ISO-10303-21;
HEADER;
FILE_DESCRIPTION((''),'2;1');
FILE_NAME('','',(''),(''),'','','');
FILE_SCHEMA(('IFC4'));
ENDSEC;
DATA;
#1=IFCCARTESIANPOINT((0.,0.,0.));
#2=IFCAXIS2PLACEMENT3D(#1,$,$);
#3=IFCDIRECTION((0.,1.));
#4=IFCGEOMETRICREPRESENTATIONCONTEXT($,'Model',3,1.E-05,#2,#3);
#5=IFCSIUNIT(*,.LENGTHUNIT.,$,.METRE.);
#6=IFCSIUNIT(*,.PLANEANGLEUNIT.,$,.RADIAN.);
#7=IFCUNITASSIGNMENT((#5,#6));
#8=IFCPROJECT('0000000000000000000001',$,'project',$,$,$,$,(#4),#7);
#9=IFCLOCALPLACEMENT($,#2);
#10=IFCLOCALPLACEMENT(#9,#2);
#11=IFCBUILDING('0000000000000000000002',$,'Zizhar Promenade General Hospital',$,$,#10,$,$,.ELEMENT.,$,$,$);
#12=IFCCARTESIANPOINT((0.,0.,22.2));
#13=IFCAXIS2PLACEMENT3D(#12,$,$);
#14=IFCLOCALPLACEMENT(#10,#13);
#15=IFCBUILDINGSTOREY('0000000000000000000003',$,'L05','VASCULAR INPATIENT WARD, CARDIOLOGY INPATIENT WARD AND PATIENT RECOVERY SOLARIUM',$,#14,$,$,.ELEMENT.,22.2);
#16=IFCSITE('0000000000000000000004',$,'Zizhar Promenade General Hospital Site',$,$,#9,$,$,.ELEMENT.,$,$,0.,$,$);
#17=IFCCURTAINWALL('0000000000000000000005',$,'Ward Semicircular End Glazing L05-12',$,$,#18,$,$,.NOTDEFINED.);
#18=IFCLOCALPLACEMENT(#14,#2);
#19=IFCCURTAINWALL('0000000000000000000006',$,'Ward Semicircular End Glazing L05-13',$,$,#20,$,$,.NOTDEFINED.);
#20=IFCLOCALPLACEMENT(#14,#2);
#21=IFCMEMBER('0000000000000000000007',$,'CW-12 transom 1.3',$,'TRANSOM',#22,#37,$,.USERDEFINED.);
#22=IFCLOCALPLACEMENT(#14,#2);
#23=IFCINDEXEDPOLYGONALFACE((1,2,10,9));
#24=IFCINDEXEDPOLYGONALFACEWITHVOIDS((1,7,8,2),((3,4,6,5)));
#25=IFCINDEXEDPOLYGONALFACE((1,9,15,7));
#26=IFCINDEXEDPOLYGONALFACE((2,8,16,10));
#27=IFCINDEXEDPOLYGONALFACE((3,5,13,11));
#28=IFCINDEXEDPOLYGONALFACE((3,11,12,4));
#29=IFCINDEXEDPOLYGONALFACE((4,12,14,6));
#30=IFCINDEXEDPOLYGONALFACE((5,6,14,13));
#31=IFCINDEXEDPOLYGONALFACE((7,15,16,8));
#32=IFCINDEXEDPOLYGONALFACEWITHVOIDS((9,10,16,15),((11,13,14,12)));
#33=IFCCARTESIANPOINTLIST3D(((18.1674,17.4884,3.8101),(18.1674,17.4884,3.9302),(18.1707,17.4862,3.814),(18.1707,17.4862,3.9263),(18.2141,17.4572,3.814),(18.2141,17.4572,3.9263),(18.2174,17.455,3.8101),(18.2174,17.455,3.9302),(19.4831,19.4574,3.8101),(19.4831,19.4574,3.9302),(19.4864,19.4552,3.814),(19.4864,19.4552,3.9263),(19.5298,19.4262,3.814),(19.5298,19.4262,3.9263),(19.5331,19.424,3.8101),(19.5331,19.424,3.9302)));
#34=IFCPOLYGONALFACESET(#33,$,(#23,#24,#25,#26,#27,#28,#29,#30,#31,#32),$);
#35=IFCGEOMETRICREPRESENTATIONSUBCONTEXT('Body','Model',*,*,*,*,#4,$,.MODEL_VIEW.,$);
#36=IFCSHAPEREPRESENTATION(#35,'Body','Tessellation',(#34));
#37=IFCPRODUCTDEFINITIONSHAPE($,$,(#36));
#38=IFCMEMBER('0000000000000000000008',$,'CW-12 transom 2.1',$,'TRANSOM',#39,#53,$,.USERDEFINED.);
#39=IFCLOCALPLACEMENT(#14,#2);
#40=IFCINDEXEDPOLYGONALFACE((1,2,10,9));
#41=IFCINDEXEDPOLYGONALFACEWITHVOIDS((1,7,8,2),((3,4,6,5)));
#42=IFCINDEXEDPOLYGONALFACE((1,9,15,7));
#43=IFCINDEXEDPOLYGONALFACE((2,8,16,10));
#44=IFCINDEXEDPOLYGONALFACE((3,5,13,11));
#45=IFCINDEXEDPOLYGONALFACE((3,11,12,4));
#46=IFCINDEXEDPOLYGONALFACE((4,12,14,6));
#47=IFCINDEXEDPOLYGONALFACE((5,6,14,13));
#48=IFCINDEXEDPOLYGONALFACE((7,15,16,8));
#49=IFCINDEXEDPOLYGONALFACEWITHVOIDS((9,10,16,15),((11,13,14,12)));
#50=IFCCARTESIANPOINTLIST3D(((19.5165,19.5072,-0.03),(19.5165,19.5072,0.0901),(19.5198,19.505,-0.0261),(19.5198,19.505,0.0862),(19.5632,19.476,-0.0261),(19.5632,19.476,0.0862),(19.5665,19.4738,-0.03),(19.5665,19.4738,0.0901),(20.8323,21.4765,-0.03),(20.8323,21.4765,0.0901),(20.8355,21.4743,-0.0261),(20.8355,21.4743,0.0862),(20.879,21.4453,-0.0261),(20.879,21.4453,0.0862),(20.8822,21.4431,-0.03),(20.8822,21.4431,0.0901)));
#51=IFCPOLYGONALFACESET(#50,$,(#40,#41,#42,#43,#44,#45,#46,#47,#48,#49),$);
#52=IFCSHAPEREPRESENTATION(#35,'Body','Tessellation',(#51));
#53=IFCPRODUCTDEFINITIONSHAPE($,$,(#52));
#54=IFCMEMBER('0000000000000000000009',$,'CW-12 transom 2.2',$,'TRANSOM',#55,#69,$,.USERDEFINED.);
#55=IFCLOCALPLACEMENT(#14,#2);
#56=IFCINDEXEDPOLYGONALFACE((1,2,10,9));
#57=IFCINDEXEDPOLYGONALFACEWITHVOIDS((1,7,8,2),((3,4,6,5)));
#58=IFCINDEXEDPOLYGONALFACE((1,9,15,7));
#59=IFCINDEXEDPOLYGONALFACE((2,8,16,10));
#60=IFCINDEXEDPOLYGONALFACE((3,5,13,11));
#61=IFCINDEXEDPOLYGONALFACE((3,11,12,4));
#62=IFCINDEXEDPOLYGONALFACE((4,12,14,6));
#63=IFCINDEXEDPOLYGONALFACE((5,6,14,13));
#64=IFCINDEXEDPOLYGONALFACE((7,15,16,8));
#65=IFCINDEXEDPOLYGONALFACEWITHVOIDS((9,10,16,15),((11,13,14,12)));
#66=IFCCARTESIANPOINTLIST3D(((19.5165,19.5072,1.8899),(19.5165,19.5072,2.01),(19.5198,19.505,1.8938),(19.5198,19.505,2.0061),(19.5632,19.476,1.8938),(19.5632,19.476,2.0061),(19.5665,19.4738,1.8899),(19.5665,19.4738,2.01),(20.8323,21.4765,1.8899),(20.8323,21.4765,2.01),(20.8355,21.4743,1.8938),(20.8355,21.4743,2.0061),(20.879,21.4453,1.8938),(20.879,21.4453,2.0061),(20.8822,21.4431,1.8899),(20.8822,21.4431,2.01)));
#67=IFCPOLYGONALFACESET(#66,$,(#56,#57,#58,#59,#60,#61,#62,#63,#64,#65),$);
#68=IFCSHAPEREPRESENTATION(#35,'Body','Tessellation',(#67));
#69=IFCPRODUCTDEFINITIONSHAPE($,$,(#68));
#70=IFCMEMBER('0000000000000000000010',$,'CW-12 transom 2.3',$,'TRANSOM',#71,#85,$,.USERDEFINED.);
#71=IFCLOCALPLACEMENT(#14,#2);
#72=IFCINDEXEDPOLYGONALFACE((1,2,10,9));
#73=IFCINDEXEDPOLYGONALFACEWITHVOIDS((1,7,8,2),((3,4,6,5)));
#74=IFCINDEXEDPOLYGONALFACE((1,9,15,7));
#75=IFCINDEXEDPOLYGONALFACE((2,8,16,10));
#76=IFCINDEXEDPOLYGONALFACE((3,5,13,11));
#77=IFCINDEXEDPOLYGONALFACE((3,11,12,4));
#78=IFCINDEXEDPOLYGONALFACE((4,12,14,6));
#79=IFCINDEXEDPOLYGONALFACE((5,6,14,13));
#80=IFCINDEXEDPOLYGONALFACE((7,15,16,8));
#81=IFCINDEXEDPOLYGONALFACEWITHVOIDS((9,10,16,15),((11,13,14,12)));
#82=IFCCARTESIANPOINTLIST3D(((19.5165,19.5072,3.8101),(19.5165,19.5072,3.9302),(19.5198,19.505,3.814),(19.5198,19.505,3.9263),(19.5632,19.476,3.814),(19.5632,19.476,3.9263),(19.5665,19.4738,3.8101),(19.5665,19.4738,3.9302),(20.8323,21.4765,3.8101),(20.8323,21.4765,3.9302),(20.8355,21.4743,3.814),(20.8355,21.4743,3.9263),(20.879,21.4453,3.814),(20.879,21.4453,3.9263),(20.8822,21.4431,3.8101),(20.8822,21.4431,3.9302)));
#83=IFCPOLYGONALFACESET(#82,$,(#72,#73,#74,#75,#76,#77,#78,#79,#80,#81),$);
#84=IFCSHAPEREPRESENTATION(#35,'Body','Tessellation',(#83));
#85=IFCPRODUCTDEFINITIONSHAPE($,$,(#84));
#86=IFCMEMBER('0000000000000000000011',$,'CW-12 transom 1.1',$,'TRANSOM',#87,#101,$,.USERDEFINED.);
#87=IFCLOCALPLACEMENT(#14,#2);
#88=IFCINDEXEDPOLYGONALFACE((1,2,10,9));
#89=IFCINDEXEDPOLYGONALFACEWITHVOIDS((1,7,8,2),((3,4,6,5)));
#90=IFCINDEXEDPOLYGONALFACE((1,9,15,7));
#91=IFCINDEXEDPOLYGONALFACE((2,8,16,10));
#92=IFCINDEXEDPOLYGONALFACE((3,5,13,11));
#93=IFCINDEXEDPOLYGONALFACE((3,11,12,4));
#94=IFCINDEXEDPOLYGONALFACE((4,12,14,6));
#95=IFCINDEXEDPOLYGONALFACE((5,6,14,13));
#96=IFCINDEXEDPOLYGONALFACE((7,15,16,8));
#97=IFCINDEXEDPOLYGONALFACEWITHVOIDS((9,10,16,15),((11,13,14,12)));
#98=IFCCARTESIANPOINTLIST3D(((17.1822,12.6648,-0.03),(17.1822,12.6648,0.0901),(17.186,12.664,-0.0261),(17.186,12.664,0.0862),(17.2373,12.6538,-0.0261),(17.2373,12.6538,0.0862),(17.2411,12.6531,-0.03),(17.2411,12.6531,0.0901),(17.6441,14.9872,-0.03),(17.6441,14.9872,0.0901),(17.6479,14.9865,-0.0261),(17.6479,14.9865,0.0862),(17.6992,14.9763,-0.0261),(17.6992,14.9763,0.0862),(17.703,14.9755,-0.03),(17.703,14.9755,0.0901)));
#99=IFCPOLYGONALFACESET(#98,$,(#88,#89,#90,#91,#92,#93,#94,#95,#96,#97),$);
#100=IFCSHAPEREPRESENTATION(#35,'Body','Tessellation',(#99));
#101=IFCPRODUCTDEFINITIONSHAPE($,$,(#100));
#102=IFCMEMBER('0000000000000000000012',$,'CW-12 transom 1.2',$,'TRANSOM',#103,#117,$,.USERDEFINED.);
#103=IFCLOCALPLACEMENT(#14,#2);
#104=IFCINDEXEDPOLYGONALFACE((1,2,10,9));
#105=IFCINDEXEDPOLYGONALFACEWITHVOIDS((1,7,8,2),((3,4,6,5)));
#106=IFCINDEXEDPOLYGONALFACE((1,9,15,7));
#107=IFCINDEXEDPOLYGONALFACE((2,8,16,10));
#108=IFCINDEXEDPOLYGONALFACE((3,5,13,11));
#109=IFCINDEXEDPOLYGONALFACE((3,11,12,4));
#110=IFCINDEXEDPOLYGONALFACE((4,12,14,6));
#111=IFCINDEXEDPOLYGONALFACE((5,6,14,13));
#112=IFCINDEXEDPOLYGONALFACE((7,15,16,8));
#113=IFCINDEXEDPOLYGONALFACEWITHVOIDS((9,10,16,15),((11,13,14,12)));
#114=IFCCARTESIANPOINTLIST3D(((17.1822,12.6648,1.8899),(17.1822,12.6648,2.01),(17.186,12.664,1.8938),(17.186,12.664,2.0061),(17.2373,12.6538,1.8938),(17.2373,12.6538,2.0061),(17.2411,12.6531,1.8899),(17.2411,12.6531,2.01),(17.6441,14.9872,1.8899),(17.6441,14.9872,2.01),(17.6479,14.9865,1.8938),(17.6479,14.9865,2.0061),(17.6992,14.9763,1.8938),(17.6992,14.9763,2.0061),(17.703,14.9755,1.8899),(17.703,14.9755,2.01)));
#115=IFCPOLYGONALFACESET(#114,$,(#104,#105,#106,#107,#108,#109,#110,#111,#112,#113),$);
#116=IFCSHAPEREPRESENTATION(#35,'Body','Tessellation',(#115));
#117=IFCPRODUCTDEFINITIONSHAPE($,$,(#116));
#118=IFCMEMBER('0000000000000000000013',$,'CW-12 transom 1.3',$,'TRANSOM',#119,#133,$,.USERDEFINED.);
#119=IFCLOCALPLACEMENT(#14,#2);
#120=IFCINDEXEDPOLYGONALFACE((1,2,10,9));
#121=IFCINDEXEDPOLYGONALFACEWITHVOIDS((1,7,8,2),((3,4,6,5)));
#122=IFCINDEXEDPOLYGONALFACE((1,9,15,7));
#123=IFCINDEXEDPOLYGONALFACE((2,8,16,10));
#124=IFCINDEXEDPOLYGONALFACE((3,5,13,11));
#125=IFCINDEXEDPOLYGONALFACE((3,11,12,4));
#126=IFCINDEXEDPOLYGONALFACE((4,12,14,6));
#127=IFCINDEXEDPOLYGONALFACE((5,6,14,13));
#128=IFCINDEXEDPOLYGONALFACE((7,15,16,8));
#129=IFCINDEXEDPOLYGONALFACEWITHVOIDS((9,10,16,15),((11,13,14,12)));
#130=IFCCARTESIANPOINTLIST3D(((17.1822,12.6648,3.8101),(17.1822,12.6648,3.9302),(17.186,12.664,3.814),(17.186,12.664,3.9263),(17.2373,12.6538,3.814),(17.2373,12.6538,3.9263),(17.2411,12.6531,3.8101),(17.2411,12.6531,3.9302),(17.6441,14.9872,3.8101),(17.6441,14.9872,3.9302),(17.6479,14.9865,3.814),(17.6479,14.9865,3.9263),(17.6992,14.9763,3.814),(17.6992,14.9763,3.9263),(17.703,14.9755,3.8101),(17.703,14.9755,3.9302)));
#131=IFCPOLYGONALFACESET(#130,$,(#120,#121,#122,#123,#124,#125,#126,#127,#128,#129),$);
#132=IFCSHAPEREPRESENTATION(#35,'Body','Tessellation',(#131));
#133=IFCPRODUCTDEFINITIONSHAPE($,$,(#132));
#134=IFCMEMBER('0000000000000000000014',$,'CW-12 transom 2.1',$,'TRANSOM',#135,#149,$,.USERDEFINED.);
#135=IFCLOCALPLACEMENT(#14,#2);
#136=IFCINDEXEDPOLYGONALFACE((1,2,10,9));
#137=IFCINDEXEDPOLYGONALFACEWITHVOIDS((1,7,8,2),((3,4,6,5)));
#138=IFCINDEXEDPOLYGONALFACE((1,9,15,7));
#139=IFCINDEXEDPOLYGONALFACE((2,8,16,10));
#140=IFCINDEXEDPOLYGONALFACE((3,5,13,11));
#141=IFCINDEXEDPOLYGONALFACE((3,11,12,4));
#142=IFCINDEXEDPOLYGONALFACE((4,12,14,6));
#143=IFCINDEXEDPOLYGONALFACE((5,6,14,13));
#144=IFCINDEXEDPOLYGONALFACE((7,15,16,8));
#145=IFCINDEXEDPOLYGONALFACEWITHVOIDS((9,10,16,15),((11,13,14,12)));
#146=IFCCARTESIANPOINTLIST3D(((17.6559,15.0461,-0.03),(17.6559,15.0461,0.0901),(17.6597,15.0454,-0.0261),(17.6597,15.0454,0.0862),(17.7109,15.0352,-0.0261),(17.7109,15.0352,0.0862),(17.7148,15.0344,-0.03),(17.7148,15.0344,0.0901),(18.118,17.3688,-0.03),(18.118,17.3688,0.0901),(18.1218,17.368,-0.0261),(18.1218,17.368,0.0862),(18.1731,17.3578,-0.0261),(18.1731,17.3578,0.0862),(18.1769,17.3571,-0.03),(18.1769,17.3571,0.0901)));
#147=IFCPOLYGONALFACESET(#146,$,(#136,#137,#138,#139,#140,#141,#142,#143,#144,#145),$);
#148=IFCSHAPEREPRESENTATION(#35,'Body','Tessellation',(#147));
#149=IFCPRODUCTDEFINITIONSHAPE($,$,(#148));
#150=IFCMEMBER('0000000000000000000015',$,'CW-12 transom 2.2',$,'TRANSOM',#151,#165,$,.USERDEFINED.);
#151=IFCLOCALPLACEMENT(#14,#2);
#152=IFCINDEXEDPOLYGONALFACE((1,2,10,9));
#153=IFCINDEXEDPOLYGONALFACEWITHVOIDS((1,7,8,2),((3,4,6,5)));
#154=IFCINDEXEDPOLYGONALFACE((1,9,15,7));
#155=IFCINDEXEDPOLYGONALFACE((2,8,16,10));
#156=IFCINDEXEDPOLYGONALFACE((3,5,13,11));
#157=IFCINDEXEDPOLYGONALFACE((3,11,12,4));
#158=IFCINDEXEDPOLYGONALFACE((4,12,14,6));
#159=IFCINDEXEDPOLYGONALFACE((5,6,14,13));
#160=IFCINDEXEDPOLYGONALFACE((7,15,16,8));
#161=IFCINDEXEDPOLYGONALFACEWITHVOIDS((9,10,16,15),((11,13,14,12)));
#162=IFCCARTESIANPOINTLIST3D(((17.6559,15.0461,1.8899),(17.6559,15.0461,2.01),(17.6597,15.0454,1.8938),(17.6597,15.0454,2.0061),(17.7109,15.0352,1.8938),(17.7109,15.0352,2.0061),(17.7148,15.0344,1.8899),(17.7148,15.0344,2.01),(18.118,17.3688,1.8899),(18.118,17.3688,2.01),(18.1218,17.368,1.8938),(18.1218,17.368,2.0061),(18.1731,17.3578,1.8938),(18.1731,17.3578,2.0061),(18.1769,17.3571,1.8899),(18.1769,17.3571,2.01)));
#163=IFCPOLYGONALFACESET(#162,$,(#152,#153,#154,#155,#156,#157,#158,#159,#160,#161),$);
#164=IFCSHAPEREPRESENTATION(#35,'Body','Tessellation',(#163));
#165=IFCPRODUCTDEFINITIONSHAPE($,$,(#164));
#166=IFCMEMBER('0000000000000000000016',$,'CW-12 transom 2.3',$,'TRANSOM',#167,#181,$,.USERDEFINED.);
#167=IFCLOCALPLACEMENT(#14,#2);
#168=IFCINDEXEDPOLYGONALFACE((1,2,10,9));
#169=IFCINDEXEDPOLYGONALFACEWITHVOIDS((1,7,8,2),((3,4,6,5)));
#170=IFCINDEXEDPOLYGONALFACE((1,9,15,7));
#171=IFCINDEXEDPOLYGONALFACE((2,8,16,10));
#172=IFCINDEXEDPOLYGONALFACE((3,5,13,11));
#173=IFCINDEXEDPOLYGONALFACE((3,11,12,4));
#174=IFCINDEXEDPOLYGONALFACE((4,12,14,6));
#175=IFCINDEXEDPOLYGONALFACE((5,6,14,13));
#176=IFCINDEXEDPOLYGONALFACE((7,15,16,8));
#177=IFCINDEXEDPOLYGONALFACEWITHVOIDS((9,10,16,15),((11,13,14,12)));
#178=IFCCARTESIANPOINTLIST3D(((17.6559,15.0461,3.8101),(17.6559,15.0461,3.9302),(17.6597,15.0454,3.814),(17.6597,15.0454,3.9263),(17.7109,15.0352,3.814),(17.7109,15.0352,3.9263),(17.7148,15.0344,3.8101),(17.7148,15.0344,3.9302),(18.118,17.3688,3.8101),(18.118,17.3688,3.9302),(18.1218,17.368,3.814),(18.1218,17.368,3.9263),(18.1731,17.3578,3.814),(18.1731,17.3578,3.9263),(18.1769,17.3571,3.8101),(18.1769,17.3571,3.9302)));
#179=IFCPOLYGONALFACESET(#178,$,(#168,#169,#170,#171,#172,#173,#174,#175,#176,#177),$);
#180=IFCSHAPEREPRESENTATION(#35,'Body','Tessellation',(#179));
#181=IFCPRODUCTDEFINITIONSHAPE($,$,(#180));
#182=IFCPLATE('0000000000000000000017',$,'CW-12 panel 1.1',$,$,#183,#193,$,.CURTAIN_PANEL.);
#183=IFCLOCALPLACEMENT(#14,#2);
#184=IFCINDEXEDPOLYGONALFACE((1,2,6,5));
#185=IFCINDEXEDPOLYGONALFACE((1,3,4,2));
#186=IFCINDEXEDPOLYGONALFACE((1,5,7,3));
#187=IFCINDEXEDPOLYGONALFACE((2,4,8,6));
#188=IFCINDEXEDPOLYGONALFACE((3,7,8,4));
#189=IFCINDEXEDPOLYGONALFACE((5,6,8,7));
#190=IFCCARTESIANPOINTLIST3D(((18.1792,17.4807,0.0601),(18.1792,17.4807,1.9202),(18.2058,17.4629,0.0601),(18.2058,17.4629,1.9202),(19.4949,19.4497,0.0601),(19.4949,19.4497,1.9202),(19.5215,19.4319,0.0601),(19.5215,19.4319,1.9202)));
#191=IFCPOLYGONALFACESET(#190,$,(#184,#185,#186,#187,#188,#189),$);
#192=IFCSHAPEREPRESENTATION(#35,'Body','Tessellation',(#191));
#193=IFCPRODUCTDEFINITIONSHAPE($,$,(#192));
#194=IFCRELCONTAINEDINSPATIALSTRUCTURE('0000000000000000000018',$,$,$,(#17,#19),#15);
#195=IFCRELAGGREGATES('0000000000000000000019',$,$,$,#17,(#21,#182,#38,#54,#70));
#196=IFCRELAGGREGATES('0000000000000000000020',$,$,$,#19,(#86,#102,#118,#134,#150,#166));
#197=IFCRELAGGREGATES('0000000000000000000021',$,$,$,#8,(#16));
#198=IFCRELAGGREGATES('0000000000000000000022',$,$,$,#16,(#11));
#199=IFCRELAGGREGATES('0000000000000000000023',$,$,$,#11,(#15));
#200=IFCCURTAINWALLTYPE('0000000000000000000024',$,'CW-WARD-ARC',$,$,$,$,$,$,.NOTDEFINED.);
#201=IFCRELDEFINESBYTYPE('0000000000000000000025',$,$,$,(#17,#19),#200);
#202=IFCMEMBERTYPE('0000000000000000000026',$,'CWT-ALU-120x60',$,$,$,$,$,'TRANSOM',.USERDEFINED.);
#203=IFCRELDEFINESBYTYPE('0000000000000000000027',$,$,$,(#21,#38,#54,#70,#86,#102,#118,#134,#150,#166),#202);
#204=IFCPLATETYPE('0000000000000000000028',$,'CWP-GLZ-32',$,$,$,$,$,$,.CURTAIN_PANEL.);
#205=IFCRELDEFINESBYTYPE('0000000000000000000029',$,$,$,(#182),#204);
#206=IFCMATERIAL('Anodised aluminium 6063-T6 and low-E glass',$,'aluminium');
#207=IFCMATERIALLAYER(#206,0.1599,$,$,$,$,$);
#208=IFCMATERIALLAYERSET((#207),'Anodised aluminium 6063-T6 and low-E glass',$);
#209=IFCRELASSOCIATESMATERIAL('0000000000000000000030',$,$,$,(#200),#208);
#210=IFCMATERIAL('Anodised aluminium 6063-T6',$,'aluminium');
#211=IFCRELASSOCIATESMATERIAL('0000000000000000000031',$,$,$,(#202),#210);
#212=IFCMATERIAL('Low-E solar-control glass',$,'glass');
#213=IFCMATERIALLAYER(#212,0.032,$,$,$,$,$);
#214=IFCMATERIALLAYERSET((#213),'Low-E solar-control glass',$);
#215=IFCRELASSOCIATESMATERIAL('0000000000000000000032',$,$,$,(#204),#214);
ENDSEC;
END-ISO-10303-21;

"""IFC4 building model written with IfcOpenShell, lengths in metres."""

from ifc_helpers import new_model, si_unit, direction, frame, origin, origin_2d, place, context, subcontext, project, spatial, rectangle, hollow_rectangle, extrude, material, layer, layer_set, material_profile, profile_set, type_object, element, aggregate, save


model = new_model("IFC4")

# Units and contexts
model_context = context("Model", 3, precision=1e-05, world=origin(), true_north=direction((0.0, 1.0)))
body_context = subcontext(model_context, "Body", "Model", "MODEL_VIEW")
ifc_project = project(units=[si_unit("LENGTHUNIT", "METRE"), si_unit("PLANEANGLEUNIT", "RADIAN")], contexts=[model_context])

# Site, building, storey
site_placement = place(None, origin())
site = spatial("IfcSite", under=ifc_project, at=site_placement, Name="Zizhar Promenade General Hospital Site", CompositionType="ELEMENT", RefElevation=0.0)
building_placement = place(site_placement, origin())
building = spatial("IfcBuilding", under=site, at=building_placement, Name="Zizhar Promenade General Hospital", CompositionType="ELEMENT")
storey_placement = place(building_placement, frame((0.0, 0.0, 22.2)))
storey = spatial("IfcBuildingStorey", under=building, at=storey_placement, Name="L05", Description="VASCULAR INPATIENT WARD, CARDIOLOGY INPATIENT WARD AND PATIENT RECOVERY SOLARIUM", CompositionType="ELEMENT", Elevation=22.2)

# Curtain walls
ifc_material_1 = material(Name="Anodised aluminium 6063-T6 and low-E glass", Category="aluminium")
ifc_layer_1 = layer(ifc_material_1, 0.1599)
ifc_layer_set_1 = layer_set([ifc_layer_1], Name="Anodised aluminium 6063-T6 and low-E glass")
curtain_wall_type = type_object("IfcCurtainWallType", Name="CW-WARD-ARC", PredefinedType="NOTDEFINED", material=ifc_layer_set_1)
curtain_wall_1_placement = place(storey_placement, origin())
curtain_wall_1 = element("IfcCurtainWall", 1, at=curtain_wall_1_placement, inside=storey, type_object=curtain_wall_type, Name="Ward Semicircular End Glazing L05-12", PredefinedType="NOTDEFINED")
curtain_wall_2_placement = place(storey_placement, origin())
curtain_wall_2 = element("IfcCurtainWall", 2, at=curtain_wall_2_placement, inside=storey, type_object=curtain_wall_type, Name="Ward Semicircular End Glazing L05-13", PredefinedType="NOTDEFINED")

# Members
ifc_material_2 = material(Name="Anodised aluminium 6063-T6", Category="aluminium")
ifc_material_profile_1 = material_profile(ifc_material_2, hollow_rectangle(XDim=0.0601, YDim=0.1201, WallThickness=0.0039, at=origin_2d()))
ifc_profile_set_1 = profile_set([ifc_material_profile_1], Name="Anodised aluminium 6063-T6")
member_type_1 = type_object("IfcMemberType", Name="CWT-ALU-120x60", ElementType="TRANSOM", PredefinedType="USERDEFINED", material=ifc_profile_set_1)
member_1_placement = place(storey_placement, frame((18.1924, 17.4717, 3.8701), z_axis=(0.55558, 0.831463, 0.0), x_axis=(-0.831463, 0.55558, 0.0)))
member_1 = element("IfcMember", 3, at=member_1_placement, type_object=member_type_1, Name="CW-12 transom 1.3", ObjectType="TRANSOM", PredefinedType="USERDEFINED", context=body_context, shape_type="SweptSolid", body=[
    extrude(hollow_rectangle(XDim=0.0601, YDim=0.1201, WallThickness=0.0039, at=origin_2d()), origin(), (0.0, 0.0, 1.0), 2.3682),
])
member_2_placement = place(storey_placement, frame((19.5415, 19.4905, 0.03), z_axis=(0.555533, 0.831495, 0.0), x_axis=(-0.831495, 0.555533, 0.0)))
member_2 = element("IfcMember", 4, at=member_2_placement, type_object=member_type_1, Name="CW-12 transom 2.1", ObjectType="TRANSOM", PredefinedType="USERDEFINED", context=body_context, shape_type="SweptSolid", body=[
    extrude(hollow_rectangle(XDim=0.0601, YDim=0.1201, WallThickness=0.0039, at=origin_2d()), origin(), (0.0, 0.0, 1.0), 2.3684),
])
member_3_placement = place(storey_placement, frame((19.5415, 19.4905, 1.95), z_axis=(0.555533, 0.831495, 0.0), x_axis=(-0.831495, 0.555533, 0.0)))
member_3 = element("IfcMember", 5, at=member_3_placement, type_object=member_type_1, Name="CW-12 transom 2.2", ObjectType="TRANSOM", PredefinedType="USERDEFINED", context=body_context, shape_type="SweptSolid", body=[
    extrude(hollow_rectangle(XDim=0.0601, YDim=0.1201, WallThickness=0.0039, at=origin_2d()), origin(), (0.0, 0.0, 1.0), 2.3684),
])
member_4_placement = place(storey_placement, frame((19.5415, 19.4905, 3.8701), z_axis=(0.555533, 0.831495, 0.0), x_axis=(-0.831495, 0.555533, 0.0)))
member_4 = element("IfcMember", 6, at=member_4_placement, type_object=member_type_1, Name="CW-12 transom 2.3", ObjectType="TRANSOM", PredefinedType="USERDEFINED", context=body_context, shape_type="SweptSolid", body=[
    extrude(hollow_rectangle(XDim=0.0601, YDim=0.1201, WallThickness=0.0039, at=origin_2d()), origin(), (0.0, 0.0, 1.0), 2.3684),
])
member_5_placement = place(storey_placement, frame((17.2117, 12.6589, 0.03), z_axis=(0.195065, 0.98079, 0.0), x_axis=(-0.98079, 0.195065, 0.0)))
member_5 = element("IfcMember", 7, at=member_5_placement, type_object=member_type_1, Name="CW-12 transom 1.1", ObjectType="TRANSOM", PredefinedType="USERDEFINED", context=body_context, shape_type="SweptSolid", body=[
    extrude(hollow_rectangle(XDim=0.0601, YDim=0.1201, WallThickness=0.0039, at=origin_2d()), origin(), (0.0, 0.0, 1.0), 2.3679),
])
member_6_placement = place(storey_placement, frame((17.2117, 12.6589, 1.95), z_axis=(0.195065, 0.98079, 0.0), x_axis=(-0.98079, 0.195065, 0.0)))
member_6 = element("IfcMember", 8, at=member_6_placement, type_object=member_type_1, Name="CW-12 transom 1.2", ObjectType="TRANSOM", PredefinedType="USERDEFINED", context=body_context, shape_type="SweptSolid", body=[
    extrude(hollow_rectangle(XDim=0.0601, YDim=0.1201, WallThickness=0.0039, at=origin_2d()), origin(), (0.0, 0.0, 1.0), 2.3679),
])
member_7_placement = place(storey_placement, frame((17.2117, 12.6589, 3.8701), z_axis=(0.195065, 0.98079, 0.0), x_axis=(-0.98079, 0.195065, 0.0)))
member_7 = element("IfcMember", 9, at=member_7_placement, type_object=member_type_1, Name="CW-12 transom 1.3", ObjectType="TRANSOM", PredefinedType="USERDEFINED", context=body_context, shape_type="SweptSolid", body=[
    extrude(hollow_rectangle(XDim=0.0601, YDim=0.1201, WallThickness=0.0039, at=origin_2d()), origin(), (0.0, 0.0, 1.0), 2.3679),
])
member_8_placement = place(storey_placement, frame((17.6853, 15.0403, 0.03), z_axis=(0.195145, 0.980774, 0.0), x_axis=(-0.980774, 0.195145, 0.0)))
member_8 = element("IfcMember", 10, at=member_8_placement, type_object=member_type_1, Name="CW-12 transom 2.1", ObjectType="TRANSOM", PredefinedType="USERDEFINED", context=body_context, shape_type="SweptSolid", body=[
    extrude(hollow_rectangle(XDim=0.0601, YDim=0.1201, WallThickness=0.0039, at=origin_2d()), origin(), (0.0, 0.0, 1.0), 2.3682),
])
member_9_placement = place(storey_placement, frame((17.6853, 15.0403, 1.95), z_axis=(0.195145, 0.980774, 0.0), x_axis=(-0.980774, 0.195145, 0.0)))
member_9 = element("IfcMember", 11, at=member_9_placement, type_object=member_type_1, Name="CW-12 transom 2.2", ObjectType="TRANSOM", PredefinedType="USERDEFINED", context=body_context, shape_type="SweptSolid", body=[
    extrude(hollow_rectangle(XDim=0.0601, YDim=0.1201, WallThickness=0.0039, at=origin_2d()), origin(), (0.0, 0.0, 1.0), 2.3682),
])
member_10_placement = place(storey_placement, frame((17.6853, 15.0403, 3.8701), z_axis=(0.195145, 0.980774, 0.0), x_axis=(-0.980774, 0.195145, 0.0)))
member_10 = element("IfcMember", 12, at=member_10_placement, type_object=member_type_1, Name="CW-12 transom 2.3", ObjectType="TRANSOM", PredefinedType="USERDEFINED", context=body_context, shape_type="SweptSolid", body=[
    extrude(hollow_rectangle(XDim=0.0601, YDim=0.1201, WallThickness=0.0039, at=origin_2d()), origin(), (0.0, 0.0, 1.0), 2.3682),
])

# Plate
ifc_material_3 = material(Name="Low-E solar-control glass", Category="glass")
ifc_layer_2 = layer(ifc_material_3, 0.032)
ifc_layer_set_2 = layer_set([ifc_layer_2], Name="Low-E solar-control glass")
plate_type = type_object("IfcPlateType", Name="CWP-GLZ-32", PredefinedType="CURTAIN_PANEL", material=ifc_layer_set_2)
plate_1_placement = place(storey_placement, frame((18.8503, 18.4563, 0.0601), z_axis=(0.0, 0.0, 1.0), x_axis=(0.555582, 0.831462, 0.0)))
plate_1 = element("IfcPlate", 13, at=plate_1_placement, type_object=plate_type, Name="CW-12 panel 1.1", PredefinedType="CURTAIN_PANEL", context=body_context, shape_type="SweptSolid", body=[
    extrude(rectangle(XDim=2.3682, YDim=0.032, at=origin_2d()), origin(), (0.0, 0.0, 1.0), 1.8601),
])
aggregate(curtain_wall_1, [member_1, plate_1, member_2, member_3, member_4])
aggregate(curtain_wall_2, [member_5, member_6, member_7, member_8, member_9, member_10])

save(model, "model.ifc")
